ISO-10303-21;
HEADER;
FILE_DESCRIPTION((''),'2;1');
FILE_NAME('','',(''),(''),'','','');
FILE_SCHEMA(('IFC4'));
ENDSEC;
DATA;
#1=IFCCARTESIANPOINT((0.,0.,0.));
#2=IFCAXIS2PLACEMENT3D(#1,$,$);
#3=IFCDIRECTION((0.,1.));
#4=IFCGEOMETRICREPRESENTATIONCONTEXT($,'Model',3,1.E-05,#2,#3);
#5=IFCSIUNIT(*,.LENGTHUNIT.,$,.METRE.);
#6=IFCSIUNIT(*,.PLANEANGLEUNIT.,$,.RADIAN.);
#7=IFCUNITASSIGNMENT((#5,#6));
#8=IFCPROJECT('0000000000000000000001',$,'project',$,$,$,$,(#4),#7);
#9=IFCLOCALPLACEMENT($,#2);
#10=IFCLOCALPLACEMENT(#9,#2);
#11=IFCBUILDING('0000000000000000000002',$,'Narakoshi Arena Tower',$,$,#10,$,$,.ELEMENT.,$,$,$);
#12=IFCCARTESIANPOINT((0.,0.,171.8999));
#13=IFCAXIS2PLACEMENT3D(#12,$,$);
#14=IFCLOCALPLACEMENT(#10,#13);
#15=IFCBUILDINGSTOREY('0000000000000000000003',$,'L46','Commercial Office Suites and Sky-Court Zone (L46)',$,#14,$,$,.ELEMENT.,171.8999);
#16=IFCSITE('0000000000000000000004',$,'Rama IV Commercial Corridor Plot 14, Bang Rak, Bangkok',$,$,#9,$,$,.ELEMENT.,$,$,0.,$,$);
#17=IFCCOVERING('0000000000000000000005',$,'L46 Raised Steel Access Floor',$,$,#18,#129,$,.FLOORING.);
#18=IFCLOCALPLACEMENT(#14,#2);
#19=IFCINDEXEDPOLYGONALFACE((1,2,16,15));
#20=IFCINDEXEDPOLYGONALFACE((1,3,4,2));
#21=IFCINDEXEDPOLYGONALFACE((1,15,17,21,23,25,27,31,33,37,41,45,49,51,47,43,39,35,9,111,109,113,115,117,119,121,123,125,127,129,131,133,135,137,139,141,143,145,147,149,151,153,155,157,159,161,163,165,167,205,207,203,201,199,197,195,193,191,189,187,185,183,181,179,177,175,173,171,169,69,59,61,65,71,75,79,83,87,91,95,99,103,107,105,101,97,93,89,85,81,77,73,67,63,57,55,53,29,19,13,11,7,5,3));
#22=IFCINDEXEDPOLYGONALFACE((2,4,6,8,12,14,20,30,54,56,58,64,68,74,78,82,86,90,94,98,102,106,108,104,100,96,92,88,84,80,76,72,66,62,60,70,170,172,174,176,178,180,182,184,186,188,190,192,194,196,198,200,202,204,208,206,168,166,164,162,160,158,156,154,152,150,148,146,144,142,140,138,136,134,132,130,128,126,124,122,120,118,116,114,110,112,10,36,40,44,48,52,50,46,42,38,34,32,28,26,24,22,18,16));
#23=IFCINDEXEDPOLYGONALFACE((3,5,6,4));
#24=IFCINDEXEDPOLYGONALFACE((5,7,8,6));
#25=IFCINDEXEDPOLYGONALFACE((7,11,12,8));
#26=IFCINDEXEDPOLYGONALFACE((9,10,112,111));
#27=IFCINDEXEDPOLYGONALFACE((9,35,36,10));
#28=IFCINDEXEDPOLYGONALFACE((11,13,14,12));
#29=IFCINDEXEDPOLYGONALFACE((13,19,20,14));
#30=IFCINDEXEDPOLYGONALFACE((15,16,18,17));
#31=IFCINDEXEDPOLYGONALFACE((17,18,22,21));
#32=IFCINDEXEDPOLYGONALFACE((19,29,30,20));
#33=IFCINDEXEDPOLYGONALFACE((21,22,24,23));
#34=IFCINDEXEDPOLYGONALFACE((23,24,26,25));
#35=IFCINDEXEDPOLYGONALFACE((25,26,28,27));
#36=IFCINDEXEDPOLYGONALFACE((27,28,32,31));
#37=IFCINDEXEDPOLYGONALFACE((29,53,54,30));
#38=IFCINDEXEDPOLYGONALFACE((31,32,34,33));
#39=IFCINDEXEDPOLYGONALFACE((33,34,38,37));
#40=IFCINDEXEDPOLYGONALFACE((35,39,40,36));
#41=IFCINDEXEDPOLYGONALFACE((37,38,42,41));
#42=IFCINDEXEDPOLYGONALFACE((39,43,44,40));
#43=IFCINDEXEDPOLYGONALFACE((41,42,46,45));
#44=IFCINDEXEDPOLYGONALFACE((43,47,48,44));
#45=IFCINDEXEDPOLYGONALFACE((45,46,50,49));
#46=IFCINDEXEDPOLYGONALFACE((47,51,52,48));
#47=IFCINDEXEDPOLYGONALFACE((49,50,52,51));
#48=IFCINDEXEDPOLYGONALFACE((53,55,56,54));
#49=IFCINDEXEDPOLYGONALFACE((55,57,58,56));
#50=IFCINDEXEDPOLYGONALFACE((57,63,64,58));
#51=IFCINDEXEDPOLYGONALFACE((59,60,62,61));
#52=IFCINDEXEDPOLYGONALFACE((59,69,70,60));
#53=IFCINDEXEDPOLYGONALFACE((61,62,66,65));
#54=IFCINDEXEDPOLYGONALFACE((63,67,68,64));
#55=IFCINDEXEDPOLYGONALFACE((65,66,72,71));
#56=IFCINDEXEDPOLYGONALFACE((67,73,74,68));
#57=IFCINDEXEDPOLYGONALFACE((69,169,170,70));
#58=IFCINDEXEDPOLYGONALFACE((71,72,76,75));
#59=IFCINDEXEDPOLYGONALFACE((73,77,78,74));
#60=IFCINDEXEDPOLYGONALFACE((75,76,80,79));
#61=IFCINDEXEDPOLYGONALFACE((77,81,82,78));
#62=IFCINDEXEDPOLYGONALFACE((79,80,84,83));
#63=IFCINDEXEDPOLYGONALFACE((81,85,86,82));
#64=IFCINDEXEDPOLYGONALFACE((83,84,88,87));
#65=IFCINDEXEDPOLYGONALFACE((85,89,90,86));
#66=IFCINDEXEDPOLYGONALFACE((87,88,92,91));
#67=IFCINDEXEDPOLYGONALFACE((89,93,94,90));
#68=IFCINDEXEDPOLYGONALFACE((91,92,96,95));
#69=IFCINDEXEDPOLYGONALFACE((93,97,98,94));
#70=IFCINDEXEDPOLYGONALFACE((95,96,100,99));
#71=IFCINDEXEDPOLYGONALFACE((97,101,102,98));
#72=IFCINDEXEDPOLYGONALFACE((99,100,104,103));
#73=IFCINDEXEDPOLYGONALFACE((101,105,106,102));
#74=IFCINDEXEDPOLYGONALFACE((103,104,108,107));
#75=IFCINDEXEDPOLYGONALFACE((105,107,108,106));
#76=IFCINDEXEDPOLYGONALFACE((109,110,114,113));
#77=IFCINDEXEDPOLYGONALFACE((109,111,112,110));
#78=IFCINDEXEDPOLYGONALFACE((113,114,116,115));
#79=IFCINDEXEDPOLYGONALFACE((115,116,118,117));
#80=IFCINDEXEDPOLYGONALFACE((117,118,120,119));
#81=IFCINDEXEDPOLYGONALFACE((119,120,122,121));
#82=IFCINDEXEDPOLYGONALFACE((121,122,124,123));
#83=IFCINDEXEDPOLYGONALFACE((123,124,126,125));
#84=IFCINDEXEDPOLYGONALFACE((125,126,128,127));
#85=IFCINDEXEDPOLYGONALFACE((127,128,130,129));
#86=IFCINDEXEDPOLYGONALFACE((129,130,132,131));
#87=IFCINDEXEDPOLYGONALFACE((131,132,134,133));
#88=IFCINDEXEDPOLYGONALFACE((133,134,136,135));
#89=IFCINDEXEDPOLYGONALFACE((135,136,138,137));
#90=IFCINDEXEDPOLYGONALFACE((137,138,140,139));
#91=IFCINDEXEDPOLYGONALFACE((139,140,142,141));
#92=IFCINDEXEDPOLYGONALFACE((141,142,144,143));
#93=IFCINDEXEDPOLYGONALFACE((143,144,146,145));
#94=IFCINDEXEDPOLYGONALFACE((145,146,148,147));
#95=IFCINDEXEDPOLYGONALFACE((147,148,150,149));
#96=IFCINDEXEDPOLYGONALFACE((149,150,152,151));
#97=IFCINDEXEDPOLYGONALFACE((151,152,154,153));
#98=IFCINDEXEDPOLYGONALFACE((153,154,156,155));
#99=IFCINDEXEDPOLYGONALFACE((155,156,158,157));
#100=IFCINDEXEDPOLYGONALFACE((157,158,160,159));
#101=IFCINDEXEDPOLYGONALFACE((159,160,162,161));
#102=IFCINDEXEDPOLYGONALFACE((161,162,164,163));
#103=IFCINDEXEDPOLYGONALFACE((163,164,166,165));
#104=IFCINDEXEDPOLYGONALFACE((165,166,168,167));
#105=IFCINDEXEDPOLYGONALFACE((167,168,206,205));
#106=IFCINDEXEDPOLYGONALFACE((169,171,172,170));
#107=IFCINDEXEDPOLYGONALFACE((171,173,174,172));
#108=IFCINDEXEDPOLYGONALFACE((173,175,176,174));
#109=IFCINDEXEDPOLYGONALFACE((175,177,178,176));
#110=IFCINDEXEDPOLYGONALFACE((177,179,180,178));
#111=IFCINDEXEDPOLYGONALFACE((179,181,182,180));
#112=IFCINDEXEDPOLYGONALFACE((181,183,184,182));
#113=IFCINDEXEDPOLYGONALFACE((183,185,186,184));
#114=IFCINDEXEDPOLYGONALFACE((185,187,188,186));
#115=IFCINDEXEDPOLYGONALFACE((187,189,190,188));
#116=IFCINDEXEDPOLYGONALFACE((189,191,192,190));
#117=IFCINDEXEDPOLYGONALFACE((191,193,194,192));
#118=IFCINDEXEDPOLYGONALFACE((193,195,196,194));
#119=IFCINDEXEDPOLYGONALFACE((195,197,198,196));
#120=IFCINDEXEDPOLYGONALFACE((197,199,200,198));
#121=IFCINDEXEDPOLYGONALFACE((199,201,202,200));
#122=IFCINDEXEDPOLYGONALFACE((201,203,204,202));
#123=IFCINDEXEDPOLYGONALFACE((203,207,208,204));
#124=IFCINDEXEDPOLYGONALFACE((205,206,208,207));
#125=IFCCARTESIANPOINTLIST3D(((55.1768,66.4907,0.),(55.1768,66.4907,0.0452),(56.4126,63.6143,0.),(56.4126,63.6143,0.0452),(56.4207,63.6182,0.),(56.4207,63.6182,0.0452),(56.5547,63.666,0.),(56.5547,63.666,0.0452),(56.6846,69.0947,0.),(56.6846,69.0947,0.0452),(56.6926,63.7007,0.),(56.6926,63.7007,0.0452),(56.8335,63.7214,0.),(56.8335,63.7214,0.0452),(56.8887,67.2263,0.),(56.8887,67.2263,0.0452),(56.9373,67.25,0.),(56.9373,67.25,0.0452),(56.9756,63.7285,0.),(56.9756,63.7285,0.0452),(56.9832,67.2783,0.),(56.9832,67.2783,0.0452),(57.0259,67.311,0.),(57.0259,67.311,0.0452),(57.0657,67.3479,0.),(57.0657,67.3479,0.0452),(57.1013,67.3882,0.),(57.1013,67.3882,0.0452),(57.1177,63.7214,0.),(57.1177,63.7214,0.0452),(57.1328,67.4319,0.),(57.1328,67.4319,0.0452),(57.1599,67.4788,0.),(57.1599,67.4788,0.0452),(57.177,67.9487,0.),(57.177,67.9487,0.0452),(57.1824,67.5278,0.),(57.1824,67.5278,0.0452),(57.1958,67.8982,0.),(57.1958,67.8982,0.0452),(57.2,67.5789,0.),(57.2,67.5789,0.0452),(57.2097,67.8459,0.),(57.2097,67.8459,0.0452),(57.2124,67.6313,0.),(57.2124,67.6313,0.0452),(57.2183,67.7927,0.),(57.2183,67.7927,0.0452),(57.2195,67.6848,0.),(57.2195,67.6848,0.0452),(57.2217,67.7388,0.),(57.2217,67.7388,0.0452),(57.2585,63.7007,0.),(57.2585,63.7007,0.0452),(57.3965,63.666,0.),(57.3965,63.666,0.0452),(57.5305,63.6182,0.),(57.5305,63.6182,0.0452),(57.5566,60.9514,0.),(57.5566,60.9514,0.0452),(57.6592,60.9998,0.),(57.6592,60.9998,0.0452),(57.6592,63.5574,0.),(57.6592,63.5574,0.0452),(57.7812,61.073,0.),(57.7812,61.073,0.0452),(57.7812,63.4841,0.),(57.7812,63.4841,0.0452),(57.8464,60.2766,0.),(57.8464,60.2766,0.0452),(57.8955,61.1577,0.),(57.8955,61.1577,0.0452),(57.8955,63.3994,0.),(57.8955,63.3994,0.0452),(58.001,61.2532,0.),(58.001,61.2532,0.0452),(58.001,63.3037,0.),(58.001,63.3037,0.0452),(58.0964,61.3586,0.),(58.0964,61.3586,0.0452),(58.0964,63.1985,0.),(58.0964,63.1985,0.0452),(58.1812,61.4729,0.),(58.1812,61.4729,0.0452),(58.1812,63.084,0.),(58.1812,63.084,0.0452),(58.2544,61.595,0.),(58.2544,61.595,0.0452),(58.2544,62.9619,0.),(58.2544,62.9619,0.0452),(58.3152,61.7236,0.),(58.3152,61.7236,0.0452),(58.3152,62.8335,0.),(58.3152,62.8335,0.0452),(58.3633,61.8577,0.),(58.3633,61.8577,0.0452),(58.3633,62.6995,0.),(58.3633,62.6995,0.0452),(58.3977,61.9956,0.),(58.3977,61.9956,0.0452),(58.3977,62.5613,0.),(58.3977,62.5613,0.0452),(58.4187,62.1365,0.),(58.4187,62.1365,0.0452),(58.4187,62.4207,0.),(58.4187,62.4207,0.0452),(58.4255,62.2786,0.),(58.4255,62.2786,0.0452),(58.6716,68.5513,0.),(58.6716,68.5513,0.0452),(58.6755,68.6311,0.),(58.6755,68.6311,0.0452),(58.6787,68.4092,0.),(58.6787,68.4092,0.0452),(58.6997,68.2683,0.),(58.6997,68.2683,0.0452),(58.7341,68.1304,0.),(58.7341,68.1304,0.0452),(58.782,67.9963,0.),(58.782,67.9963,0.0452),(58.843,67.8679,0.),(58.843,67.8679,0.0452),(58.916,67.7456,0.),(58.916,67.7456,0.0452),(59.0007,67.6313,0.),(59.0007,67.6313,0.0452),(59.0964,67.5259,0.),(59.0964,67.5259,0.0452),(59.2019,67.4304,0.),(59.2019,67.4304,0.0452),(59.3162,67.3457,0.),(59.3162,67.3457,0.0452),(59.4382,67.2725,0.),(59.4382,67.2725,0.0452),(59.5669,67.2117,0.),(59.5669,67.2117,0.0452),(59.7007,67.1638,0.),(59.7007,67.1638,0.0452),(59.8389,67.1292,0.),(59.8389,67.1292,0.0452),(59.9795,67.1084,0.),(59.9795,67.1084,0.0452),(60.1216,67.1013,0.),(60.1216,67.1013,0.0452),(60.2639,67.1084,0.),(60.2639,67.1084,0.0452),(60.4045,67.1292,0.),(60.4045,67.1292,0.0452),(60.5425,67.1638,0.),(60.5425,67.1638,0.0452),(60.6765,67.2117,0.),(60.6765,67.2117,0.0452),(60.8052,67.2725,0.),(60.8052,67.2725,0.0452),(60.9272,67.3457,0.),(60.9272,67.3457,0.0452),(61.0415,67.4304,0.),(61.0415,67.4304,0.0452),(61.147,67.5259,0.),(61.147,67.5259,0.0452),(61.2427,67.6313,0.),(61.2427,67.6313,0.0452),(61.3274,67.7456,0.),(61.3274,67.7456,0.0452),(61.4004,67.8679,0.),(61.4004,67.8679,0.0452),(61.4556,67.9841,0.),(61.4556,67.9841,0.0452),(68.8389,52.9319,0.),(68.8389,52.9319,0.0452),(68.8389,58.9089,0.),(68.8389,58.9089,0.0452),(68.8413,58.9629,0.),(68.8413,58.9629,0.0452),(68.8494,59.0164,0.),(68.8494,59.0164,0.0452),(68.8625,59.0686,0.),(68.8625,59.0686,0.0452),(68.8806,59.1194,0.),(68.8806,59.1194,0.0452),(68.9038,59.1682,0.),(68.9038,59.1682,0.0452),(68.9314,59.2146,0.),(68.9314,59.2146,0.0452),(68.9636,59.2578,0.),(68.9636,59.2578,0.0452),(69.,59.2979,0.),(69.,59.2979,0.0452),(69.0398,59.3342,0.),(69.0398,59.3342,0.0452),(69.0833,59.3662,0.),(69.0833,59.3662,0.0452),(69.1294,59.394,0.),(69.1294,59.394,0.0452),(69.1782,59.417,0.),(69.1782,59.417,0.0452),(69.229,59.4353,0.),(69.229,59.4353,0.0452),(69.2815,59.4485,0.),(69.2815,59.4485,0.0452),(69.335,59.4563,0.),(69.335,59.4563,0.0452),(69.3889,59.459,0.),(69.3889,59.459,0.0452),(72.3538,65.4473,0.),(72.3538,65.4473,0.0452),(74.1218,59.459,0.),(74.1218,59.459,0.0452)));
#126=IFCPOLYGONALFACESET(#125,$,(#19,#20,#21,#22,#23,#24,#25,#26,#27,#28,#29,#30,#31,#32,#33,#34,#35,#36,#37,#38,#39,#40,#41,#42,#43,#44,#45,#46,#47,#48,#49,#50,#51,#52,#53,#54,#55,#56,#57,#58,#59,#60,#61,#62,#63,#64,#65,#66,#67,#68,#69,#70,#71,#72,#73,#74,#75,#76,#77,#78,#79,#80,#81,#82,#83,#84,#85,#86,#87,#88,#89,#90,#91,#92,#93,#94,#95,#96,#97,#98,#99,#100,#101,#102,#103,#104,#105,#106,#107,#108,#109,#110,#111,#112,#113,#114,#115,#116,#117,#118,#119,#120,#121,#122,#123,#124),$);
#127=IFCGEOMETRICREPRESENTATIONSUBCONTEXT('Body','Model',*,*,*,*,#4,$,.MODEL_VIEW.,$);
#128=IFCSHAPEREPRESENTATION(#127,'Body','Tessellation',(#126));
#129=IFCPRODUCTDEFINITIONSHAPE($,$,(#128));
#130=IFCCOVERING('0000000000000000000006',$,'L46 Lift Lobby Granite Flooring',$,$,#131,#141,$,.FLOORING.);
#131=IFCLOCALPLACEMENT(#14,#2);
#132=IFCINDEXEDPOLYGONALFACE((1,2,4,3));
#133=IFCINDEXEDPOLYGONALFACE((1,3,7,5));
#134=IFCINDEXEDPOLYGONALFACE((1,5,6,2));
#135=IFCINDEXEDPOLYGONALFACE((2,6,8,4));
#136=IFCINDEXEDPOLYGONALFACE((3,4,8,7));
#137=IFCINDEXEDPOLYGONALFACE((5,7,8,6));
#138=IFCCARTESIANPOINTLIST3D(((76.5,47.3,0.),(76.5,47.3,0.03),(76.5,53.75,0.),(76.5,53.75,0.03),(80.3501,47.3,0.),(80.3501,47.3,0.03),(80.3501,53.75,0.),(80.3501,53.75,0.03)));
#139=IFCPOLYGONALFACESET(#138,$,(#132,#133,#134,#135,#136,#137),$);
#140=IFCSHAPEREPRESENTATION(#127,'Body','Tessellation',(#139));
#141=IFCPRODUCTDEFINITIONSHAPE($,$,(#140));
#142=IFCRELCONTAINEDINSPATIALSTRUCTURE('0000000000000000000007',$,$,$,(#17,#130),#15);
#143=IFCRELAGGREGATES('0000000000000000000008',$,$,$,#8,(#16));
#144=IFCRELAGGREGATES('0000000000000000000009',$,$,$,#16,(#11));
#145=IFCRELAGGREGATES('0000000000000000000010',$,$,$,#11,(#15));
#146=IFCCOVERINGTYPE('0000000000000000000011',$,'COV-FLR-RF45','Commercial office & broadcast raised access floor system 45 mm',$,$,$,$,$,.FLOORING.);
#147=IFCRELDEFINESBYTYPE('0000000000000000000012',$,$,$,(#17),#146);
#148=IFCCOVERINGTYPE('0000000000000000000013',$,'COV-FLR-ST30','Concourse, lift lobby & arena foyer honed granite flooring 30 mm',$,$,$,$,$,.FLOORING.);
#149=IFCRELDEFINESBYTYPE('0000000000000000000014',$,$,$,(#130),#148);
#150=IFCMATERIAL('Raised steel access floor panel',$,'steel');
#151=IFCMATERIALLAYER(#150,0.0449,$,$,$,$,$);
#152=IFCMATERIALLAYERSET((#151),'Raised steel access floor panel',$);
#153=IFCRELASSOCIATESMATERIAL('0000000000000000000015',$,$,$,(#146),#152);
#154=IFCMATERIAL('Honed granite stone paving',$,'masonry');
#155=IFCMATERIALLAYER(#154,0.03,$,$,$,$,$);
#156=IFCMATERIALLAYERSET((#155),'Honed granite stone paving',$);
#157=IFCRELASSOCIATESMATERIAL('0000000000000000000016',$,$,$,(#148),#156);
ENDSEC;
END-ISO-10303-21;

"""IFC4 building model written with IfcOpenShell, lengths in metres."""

from ifc_helpers import new_model, si_unit, direction, frame, origin, place, context, subcontext, project, spatial, polyline, outline, extrude, material, layer, layer_set, type_object, element, save


model = new_model("IFC4")

# Units and contexts
model_context = context("Model", 3, precision=1e-05, world=origin(), true_north=direction((0.0, 1.0)))
body_context = subcontext(model_context, "Body", "Model", "MODEL_VIEW")
ifc_project = project(units=[si_unit("LENGTHUNIT", "METRE"), si_unit("PLANEANGLEUNIT", "RADIAN")], contexts=[model_context])

# Site, building, storey
site_placement = place(None, origin())
site = spatial("IfcSite", under=ifc_project, at=site_placement, Name="Rama IV Commercial Corridor Plot 14, Bang Rak, Bangkok", CompositionType="ELEMENT", RefElevation=0.0)
building_placement = place(site_placement, origin())
building = spatial("IfcBuilding", under=site, at=building_placement, Name="Narakoshi Arena Tower", CompositionType="ELEMENT")
storey_placement = place(building_placement, frame((0.0, 0.0, 171.8999)))
storey = spatial("IfcBuildingStorey", under=building, at=storey_placement, Name="L46", Description="Commercial Office Suites and Sky-Court Zone (L46)", CompositionType="ELEMENT", Elevation=171.8999)

# Coverings
ifc_material_1 = material(Name="Raised steel access floor panel", Category="steel")
ifc_layer_1 = layer(ifc_material_1, 0.0449)
ifc_layer_set_1 = layer_set([ifc_layer_1], Name="Raised steel access floor panel")
covering_type_1 = type_object("IfcCoveringType", Name="COV-FLR-RF45", Description="Commercial office & broadcast raised access floor system 45 mm", PredefinedType="FLOORING", material=ifc_layer_set_1)
covering_1_placement = place(storey_placement, origin())
element("IfcCovering", 1, at=covering_1_placement, inside=storey, type_object=covering_type_1, Name="L46 Raised Steel Access Floor", PredefinedType="FLOORING", context=body_context, shape_type="SweptSolid", body=[
    extrude(outline(polyline([(56.9373, 67.25), (56.9832, 67.2783), (57.0259, 67.311), (57.0657, 67.3479), (57.1013, 67.3882), (57.1328, 67.4319), (57.1599, 67.4788), (57.1824, 67.5278), (57.2, 67.5789), (57.2124, 67.6313), (57.2195, 67.6848), (57.2217, 67.7388), (57.2183, 67.7927), (57.2097, 67.8459), (57.1958, 67.8982), (57.177, 67.9487), (56.6846, 69.0947), (58.6755, 68.6311), (58.6716, 68.5513), (58.6787, 68.4092), (58.6997, 68.2683), (58.7341, 68.1304), (58.782, 67.9963), (58.843, 67.8679), (58.916, 67.7456), (59.0007, 67.6313), (59.0964, 67.5259), (59.2019, 67.4304), (59.3162, 67.3457), (59.4382, 67.2725), (59.5669, 67.2117), (59.7007, 67.1638), (59.8389, 67.1292), (59.9795, 67.1084), (60.1216, 67.1013), (60.2639, 67.1084), (60.4045, 67.1292), (60.5425, 67.1638), (60.6765, 67.2117), (60.8052, 67.2725), (60.9272, 67.3457), (61.0415, 67.4304), (61.147, 67.5259), (61.2427, 67.6313), (61.3274, 67.7456), (61.4004, 67.8679), (61.4556, 67.9841), (72.3538, 65.4473), (74.1218, 59.459), (69.3889, 59.459), (69.335, 59.4563), (69.2815, 59.4485), (69.229, 59.4353), (69.1782, 59.417), (69.1294, 59.394), (69.0833, 59.3662), (69.0398, 59.3342), (69.0, 59.2979), (68.9636, 59.2578), (68.9314, 59.2146), (68.9038, 59.1682), (68.8806, 59.1194), (68.8625, 59.0686), (68.8494, 59.0164), (68.8413, 58.9629), (68.8389, 58.9089), (68.8389, 52.9319), (57.8464, 60.2766), (57.5566, 60.9514), (57.6592, 60.9998), (57.7812, 61.073), (57.8955, 61.1577), (58.001, 61.2532), (58.0964, 61.3586), (58.1812, 61.4729), (58.2544, 61.595), (58.3152, 61.7236), (58.3633, 61.8577), (58.3977, 61.9956), (58.4187, 62.1365), (58.4255, 62.2786), (58.4187, 62.4207), (58.3977, 62.5613), (58.3633, 62.6995), (58.3152, 62.8335), (58.2544, 62.9619), (58.1812, 63.084), (58.0964, 63.1985), (58.001, 63.3037), (57.8955, 63.3994), (57.7812, 63.4841), (57.6592, 63.5574), (57.5305, 63.6182), (57.3965, 63.666), (57.2585, 63.7007), (57.1177, 63.7214), (56.9756, 63.7285), (56.8335, 63.7214), (56.6926, 63.7007), (56.5547, 63.666), (56.4207, 63.6182), (56.4126, 63.6143), (55.1768, 66.4907), (56.8887, 67.2263), (56.9373, 67.25)])), origin(), (0.0, 0.0, 1.0), 0.0452),
])
ifc_material_2 = material(Name="Honed granite stone paving", Category="masonry")
ifc_layer_2 = layer(ifc_material_2, 0.03)
ifc_layer_set_2 = layer_set([ifc_layer_2], Name="Honed granite stone paving")
covering_type_2 = type_object("IfcCoveringType", Name="COV-FLR-ST30", Description="Concourse, lift lobby & arena foyer honed granite flooring 30 mm", PredefinedType="FLOORING", material=ifc_layer_set_2)
covering_2_placement = place(storey_placement, origin())
element("IfcCovering", 2, at=covering_2_placement, inside=storey, type_object=covering_type_2, Name="L46 Lift Lobby Granite Flooring", PredefinedType="FLOORING", context=body_context, shape_type="SweptSolid", body=[
    extrude(outline(polyline([(76.5, 47.3), (80.3501, 47.3), (80.3501, 53.75), (76.5, 53.75), (76.5, 47.3)])), origin(), (0.0, 0.0, 1.0), 0.03),
])

save(model, "model.ifc")
